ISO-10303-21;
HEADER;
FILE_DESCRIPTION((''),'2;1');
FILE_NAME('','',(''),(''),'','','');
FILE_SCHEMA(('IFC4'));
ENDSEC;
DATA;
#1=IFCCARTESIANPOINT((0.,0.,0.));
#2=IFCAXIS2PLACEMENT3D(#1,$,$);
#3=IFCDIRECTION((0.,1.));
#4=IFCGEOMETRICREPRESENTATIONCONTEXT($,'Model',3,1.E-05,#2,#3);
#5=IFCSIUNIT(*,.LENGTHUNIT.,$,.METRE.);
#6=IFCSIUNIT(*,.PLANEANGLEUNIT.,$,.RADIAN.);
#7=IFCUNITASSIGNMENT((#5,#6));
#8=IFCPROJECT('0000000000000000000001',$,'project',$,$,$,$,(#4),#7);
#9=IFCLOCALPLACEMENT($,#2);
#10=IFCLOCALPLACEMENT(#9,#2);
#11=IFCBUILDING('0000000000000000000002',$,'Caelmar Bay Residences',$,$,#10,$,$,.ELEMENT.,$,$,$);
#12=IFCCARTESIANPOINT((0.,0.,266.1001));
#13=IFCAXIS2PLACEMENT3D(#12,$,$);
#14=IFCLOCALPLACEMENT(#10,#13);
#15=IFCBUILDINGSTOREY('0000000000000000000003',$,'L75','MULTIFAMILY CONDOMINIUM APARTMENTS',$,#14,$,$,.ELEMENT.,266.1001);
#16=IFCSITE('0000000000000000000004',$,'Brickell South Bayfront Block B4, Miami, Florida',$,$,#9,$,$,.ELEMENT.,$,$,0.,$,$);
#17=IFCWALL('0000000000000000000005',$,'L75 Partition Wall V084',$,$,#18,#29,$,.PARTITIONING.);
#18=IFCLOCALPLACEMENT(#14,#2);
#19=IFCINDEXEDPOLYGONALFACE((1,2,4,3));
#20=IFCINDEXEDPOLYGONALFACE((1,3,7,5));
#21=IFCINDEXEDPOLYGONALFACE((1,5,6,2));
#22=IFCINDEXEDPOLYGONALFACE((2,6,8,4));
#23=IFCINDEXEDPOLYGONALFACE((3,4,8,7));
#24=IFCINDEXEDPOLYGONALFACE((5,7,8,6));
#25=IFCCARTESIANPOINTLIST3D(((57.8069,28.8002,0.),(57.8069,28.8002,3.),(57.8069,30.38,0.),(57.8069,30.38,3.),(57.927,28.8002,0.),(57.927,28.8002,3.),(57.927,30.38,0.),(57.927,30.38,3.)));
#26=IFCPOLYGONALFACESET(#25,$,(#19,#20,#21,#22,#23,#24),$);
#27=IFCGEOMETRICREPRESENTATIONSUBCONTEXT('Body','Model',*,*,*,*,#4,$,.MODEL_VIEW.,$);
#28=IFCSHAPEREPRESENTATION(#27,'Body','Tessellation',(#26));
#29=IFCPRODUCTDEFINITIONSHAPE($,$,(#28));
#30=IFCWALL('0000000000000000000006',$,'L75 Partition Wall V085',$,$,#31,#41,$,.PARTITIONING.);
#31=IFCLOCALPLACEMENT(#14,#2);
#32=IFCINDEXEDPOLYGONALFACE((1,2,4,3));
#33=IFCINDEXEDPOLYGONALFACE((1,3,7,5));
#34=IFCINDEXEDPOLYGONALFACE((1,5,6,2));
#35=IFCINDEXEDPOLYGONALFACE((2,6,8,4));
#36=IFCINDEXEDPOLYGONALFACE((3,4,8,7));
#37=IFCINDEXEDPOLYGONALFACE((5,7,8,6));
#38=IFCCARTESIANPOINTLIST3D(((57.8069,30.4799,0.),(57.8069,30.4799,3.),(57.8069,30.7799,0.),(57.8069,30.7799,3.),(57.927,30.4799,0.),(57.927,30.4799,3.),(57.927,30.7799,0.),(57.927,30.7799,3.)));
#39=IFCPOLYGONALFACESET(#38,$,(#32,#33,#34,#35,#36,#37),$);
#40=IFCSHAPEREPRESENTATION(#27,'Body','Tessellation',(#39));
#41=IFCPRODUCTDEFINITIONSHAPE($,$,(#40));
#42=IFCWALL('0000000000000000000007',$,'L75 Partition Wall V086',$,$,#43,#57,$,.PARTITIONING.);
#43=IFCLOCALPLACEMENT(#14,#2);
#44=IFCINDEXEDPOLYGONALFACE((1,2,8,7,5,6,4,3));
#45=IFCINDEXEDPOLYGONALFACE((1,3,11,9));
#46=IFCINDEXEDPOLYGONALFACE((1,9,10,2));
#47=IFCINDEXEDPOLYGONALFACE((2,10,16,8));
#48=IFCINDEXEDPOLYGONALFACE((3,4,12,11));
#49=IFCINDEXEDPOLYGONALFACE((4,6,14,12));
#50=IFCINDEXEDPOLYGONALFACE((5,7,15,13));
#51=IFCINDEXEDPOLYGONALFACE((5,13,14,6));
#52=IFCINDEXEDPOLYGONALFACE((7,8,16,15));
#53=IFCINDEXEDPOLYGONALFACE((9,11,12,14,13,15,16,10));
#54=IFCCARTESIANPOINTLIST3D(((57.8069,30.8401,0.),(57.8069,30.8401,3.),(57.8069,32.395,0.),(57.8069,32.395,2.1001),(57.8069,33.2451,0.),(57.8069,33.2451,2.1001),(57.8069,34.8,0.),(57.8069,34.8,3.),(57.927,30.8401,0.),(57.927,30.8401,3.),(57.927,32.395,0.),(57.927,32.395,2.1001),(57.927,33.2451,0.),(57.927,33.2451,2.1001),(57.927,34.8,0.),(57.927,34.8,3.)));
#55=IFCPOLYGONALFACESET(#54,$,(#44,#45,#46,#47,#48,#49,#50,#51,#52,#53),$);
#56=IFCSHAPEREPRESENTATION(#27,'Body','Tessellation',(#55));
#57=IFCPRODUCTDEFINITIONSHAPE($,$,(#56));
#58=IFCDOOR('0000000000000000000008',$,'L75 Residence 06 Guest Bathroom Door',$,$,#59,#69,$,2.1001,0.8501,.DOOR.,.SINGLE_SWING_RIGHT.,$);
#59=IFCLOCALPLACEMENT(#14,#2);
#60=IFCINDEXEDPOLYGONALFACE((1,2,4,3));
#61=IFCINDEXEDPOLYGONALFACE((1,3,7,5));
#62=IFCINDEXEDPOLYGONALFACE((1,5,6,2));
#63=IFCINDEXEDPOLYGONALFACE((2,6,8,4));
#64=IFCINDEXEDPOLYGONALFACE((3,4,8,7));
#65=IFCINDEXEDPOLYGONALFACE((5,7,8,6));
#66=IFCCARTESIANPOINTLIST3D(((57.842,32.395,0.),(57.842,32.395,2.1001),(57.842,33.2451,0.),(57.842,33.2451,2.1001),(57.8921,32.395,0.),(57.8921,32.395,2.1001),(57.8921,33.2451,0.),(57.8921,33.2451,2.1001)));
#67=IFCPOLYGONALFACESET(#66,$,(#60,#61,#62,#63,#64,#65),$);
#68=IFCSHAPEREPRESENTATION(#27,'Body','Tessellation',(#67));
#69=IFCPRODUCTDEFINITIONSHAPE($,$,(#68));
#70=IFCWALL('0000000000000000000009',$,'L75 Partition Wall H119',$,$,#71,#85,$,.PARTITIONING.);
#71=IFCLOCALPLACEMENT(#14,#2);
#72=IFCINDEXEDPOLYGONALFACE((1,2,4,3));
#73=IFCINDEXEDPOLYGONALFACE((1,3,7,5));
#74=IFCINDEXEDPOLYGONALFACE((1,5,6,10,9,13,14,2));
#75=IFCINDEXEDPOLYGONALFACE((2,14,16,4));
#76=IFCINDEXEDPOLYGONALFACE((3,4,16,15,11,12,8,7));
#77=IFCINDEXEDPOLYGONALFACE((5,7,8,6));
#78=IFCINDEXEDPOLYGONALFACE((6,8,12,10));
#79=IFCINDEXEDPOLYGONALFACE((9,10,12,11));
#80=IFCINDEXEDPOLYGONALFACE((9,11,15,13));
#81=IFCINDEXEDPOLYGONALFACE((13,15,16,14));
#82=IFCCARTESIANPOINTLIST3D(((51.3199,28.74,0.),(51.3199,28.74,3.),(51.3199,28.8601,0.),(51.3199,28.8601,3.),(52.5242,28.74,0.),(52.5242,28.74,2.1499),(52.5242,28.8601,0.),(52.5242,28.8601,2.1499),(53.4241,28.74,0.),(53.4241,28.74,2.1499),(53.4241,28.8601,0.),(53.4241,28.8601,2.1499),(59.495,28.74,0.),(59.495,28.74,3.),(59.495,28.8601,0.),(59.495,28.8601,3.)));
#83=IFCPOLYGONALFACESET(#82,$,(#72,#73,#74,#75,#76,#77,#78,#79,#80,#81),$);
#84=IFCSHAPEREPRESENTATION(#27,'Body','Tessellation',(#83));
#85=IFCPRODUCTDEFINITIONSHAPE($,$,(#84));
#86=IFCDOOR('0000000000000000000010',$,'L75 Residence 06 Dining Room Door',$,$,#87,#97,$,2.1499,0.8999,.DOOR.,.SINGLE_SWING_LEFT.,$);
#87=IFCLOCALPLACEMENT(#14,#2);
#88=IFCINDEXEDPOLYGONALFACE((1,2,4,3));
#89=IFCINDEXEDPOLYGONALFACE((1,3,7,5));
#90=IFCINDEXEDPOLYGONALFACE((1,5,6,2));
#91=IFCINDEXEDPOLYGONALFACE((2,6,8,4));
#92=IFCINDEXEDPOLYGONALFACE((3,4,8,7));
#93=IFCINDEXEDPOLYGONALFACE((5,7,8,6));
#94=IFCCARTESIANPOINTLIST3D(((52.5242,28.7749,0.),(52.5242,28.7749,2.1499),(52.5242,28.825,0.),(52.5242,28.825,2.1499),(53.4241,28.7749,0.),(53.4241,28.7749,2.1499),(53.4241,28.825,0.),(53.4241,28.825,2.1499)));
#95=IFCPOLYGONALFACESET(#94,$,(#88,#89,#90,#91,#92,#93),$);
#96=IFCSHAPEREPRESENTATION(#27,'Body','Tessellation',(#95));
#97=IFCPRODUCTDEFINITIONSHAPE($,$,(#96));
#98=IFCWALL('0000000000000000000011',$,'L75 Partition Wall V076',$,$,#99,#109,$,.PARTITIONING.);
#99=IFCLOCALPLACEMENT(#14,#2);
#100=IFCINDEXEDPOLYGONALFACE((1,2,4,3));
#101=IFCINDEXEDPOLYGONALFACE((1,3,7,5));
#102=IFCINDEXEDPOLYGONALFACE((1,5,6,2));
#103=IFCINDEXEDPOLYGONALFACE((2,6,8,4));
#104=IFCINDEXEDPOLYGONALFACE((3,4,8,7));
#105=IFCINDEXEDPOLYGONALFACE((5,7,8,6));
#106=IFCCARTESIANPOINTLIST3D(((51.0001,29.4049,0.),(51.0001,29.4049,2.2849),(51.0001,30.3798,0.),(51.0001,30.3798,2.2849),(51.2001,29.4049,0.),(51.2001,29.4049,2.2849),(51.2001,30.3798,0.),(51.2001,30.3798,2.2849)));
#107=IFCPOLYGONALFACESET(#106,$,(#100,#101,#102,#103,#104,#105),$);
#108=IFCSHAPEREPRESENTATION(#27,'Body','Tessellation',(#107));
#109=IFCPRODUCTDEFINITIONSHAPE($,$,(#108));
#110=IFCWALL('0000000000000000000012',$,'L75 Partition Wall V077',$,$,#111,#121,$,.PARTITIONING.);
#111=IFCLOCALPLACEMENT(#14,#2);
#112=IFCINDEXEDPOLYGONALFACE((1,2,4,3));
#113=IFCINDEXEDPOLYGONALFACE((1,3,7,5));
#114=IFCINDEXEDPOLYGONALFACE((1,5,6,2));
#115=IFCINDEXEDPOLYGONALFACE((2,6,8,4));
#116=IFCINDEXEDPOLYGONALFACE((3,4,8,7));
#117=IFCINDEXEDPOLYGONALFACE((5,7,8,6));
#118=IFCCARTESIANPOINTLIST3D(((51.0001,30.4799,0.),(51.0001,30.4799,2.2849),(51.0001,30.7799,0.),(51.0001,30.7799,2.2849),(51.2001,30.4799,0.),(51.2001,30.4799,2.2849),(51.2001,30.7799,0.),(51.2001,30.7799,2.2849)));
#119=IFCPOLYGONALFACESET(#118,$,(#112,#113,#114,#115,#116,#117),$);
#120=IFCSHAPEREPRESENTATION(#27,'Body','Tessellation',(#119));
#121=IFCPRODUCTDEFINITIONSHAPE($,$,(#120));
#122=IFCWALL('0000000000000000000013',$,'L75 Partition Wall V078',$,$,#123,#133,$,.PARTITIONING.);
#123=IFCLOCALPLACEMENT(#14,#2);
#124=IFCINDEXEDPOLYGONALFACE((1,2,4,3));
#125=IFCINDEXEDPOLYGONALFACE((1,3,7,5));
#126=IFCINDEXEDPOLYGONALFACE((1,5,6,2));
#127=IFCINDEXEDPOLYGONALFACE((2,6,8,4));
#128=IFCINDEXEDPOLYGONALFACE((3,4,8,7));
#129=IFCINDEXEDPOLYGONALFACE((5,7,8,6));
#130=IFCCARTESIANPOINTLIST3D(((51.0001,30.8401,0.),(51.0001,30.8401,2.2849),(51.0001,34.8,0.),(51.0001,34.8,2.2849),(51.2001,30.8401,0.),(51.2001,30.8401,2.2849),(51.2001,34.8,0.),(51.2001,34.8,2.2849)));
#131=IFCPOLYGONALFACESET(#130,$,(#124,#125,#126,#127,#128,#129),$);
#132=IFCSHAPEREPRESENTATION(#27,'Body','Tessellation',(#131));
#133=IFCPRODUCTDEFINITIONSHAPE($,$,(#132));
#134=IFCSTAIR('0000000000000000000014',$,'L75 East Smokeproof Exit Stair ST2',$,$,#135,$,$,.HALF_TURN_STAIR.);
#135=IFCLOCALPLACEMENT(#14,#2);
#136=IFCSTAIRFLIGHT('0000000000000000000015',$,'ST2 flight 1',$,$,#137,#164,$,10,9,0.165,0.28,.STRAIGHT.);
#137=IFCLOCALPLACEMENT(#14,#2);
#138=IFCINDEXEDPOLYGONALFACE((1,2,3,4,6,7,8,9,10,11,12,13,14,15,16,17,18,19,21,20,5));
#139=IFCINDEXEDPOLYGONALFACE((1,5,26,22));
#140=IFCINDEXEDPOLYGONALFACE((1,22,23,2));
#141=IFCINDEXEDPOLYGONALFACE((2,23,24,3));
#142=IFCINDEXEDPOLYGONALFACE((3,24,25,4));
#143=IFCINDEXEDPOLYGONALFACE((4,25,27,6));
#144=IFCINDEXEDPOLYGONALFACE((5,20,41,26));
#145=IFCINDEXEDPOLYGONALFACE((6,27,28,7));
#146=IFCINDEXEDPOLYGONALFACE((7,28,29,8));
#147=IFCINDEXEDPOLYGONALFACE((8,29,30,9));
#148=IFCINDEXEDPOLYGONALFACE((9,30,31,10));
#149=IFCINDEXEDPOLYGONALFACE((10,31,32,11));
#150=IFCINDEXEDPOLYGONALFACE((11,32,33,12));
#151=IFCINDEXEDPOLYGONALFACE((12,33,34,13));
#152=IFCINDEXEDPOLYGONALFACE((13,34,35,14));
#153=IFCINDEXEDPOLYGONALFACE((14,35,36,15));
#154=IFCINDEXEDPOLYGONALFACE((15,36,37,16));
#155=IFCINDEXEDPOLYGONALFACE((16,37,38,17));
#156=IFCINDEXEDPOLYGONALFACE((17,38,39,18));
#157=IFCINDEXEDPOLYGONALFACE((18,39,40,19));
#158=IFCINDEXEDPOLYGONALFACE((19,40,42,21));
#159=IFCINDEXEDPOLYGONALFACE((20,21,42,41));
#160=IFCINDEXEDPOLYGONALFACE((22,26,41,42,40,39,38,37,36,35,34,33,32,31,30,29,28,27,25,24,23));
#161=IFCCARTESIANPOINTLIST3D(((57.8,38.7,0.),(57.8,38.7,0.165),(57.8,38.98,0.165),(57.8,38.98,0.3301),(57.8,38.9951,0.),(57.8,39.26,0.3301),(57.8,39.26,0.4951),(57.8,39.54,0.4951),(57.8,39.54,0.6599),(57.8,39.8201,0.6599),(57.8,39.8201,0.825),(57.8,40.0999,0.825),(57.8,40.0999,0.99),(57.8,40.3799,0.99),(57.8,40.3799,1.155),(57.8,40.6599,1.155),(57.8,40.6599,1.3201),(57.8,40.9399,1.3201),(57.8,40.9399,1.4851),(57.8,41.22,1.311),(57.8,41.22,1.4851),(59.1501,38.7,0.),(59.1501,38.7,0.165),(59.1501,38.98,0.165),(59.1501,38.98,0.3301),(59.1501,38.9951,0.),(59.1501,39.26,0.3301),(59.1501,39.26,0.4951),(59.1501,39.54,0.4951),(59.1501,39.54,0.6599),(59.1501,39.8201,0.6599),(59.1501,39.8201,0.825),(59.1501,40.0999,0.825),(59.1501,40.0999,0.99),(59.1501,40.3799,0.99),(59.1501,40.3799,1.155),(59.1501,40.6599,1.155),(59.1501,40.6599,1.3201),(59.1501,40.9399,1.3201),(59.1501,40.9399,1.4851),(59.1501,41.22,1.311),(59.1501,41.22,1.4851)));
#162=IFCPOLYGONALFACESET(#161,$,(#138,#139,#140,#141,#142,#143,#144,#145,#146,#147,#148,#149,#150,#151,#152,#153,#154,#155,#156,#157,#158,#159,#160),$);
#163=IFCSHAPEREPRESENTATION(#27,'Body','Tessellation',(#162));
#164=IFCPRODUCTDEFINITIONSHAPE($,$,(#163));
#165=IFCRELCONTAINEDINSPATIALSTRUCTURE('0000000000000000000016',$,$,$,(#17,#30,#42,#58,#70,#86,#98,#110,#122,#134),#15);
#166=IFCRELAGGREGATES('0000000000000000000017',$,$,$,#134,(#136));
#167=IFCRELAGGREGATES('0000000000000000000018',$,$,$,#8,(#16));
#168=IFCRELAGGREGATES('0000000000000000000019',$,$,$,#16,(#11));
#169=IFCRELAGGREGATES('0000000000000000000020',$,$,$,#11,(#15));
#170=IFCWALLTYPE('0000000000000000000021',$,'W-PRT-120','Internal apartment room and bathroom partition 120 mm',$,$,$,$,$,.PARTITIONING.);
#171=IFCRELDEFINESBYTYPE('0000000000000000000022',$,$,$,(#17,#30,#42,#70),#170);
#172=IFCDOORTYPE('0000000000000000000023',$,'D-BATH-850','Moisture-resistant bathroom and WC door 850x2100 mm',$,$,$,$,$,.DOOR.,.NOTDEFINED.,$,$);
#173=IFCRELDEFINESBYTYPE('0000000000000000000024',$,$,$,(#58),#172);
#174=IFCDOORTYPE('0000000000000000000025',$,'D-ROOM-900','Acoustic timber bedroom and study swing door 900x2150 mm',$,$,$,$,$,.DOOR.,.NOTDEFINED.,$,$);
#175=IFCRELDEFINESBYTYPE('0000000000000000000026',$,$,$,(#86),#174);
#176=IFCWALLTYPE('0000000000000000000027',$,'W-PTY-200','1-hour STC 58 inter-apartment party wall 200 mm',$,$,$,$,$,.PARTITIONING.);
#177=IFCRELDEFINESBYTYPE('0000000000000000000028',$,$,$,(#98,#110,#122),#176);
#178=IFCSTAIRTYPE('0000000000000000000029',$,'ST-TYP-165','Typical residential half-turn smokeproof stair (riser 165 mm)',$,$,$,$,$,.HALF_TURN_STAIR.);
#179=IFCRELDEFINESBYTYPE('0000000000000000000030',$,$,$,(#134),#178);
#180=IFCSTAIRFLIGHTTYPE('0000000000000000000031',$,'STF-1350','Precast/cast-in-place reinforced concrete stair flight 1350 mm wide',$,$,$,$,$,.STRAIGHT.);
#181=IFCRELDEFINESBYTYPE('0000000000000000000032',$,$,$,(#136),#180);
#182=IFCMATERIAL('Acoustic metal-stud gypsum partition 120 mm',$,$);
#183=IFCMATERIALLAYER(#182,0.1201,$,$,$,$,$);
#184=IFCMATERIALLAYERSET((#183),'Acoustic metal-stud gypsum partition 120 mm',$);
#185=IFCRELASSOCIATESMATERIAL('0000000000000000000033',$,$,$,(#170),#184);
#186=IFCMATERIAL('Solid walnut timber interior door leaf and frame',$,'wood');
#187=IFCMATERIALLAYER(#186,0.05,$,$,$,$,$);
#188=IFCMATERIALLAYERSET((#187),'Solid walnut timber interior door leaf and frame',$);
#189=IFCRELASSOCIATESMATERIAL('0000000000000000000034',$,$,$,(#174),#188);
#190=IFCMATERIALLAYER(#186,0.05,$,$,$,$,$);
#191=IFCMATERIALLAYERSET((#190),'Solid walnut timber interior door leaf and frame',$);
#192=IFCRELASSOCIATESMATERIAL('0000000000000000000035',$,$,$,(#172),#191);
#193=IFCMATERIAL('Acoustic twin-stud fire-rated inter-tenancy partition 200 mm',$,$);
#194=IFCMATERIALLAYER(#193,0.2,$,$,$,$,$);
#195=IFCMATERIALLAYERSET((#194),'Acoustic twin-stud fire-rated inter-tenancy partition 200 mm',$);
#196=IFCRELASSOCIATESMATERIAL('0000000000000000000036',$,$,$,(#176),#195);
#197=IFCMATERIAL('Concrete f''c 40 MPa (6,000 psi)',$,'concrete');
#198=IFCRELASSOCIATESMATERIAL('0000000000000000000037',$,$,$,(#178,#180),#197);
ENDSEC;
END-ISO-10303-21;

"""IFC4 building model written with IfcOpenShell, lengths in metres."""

from ifc_helpers import new_model, si_unit, direction, frame, frame_2d, origin, place, context, subcontext, project, spatial, polyline, rectangle, outline, extrude, material, layer, layer_set, type_object, element, fill, aggregate, save


model = new_model("IFC4")

# Units and contexts
model_context = context("Model", 3, precision=1e-05, world=origin(), true_north=direction((0.0, 1.0)))
body_context = subcontext(model_context, "Body", "Model", "MODEL_VIEW")
ifc_project = project(units=[si_unit("LENGTHUNIT", "METRE"), si_unit("PLANEANGLEUNIT", "RADIAN")], contexts=[model_context])

# Site, building, storey
site_placement = place(None, origin())
site = spatial("IfcSite", under=ifc_project, at=site_placement, Name="Brickell South Bayfront Block B4, Miami, Florida", CompositionType="ELEMENT", RefElevation=0.0)
building_placement = place(site_placement, origin())
building = spatial("IfcBuilding", under=site, at=building_placement, Name="Caelmar Bay Residences", CompositionType="ELEMENT")
storey_placement = place(building_placement, frame((0.0, 0.0, 266.1001)))
storey = spatial("IfcBuildingStorey", under=building, at=storey_placement, Name="L75", Description="MULTIFAMILY CONDOMINIUM APARTMENTS", CompositionType="ELEMENT", Elevation=266.1001)

# Shared definitions
ifc_material_1 = material(Name="Acoustic metal-stud gypsum partition 120 mm")
ifc_layer_1 = layer(ifc_material_1, 0.1201)
ifc_layer_set_1 = layer_set([ifc_layer_1], Name="Acoustic metal-stud gypsum partition 120 mm")
wall_type_1 = type_object("IfcWallType", Name="W-PRT-120", Description="Internal apartment room and bathroom partition 120 mm", PredefinedType="PARTITIONING", material=ifc_layer_set_1)
ifc_material_2 = material(Name="Solid walnut timber interior door leaf and frame", Category="wood")
ifc_layer_2 = layer(ifc_material_2, 0.05)
ifc_layer_set_2 = layer_set([ifc_layer_2], Name="Solid walnut timber interior door leaf and frame")
door_type_1 = type_object("IfcDoorType", Name="D-ROOM-900", Description="Acoustic timber bedroom and study swing door 900x2150 mm", OperationType="NOTDEFINED", PredefinedType="DOOR", material=ifc_layer_set_2)

# Walls
wall_1_placement = place(storey_placement, frame((57.8669, 28.8, 0.0), z_axis=(0.0, 0.0, 1.0), x_axis=(0.0, 1.0, 0.0)))
element("IfcWall", 1, at=wall_1_placement, inside=storey, type_object=wall_type_1, Name="L75 Partition Wall V084", PredefinedType="PARTITIONING", context=body_context, shape_type="SweptSolid", body=[
    extrude(rectangle(XDim=1.5798, YDim=0.1201, at=frame_2d((0.79, 0.0))), origin(), (0.0, 0.0, 1.0), 3.0),
])
wall_2_placement = place(storey_placement, frame((57.8669, 30.48, 0.0), z_axis=(0.0, 0.0, 1.0), x_axis=(0.0, 1.0, 0.0)))
element("IfcWall", 2, at=wall_2_placement, inside=storey, type_object=wall_type_1, Name="L75 Partition Wall V085", PredefinedType="PARTITIONING", context=body_context, shape_type="SweptSolid", body=[
    extrude(rectangle(XDim=0.3, YDim=0.1201, at=frame_2d((0.1499, 0.0))), origin(), (0.0, 0.0, 1.0), 3.0),
])

# Walls, openings, doors
wall_3_placement = place(storey_placement, frame((57.8669, 30.8401, 0.0), z_axis=(0.0, 0.0, 1.0), x_axis=(0.0, 1.0, 0.0)))
wall_3 = element("IfcWall", 3, at=wall_3_placement, inside=storey, type_object=wall_type_1, Name="L75 Partition Wall V086", PredefinedType="PARTITIONING", context=body_context, shape_type="SweptSolid", body=[
    extrude(rectangle(XDim=3.96, YDim=0.1201, at=frame_2d((1.98, 0.0))), origin(), (0.0, 0.0, 1.0), 3.0),
])
opening_1_placement = place(wall_3_placement, frame((1.5549, 0.0, 0.0)))
opening_1 = element("IfcOpeningElement", 4, at=opening_1_placement, cuts=wall_3, PredefinedType="OPENING", context=body_context, shape_type="SweptSolid", body=[
    extrude(rectangle(XDim=0.8501, YDim=2.1001, at=frame_2d((0.425, 1.05))), frame((0.0, 0.0701, 0.0), z_axis=(0.0, -1.0, 0.0), x_axis=(1.0, 0.0, 0.0)), (0.0, 0.0, 1.0), 0.1401),
])
ifc_layer_3 = layer(ifc_material_2, 0.05)
ifc_layer_set_3 = layer_set([ifc_layer_3], Name="Solid walnut timber interior door leaf and frame")
door_type_2 = type_object("IfcDoorType", Name="D-BATH-850", Description="Moisture-resistant bathroom and WC door 850x2100 mm", OperationType="NOTDEFINED", PredefinedType="DOOR", material=ifc_layer_set_3)
door_1_placement = place(opening_1_placement, origin())
door_1 = element("IfcDoor", 5, at=door_1_placement, inside=storey, type_object=door_type_2, Name="L75 Residence 06 Guest Bathroom Door", OperationType="SINGLE_SWING_RIGHT", OverallHeight=2.1001, OverallWidth=0.8501, PredefinedType="DOOR", context=body_context, shape_type="SweptSolid", body=[
    extrude(rectangle(XDim=0.8501, YDim=2.1001, at=frame_2d((0.425, 1.05))), frame((0.0, 0.0249, 0.0), z_axis=(0.0, -1.0, 0.0), x_axis=(1.0, 0.0, 0.0)), (0.0, 0.0, 1.0), 0.05),
])
fill(opening_1, door_1)
wall_4_placement = place(storey_placement, frame((51.3201, 28.8, 0.0), z_axis=(0.0, 0.0, 1.0), x_axis=(1.0, 0.0, 0.0)))
wall_4 = element("IfcWall", 6, at=wall_4_placement, inside=storey, type_object=wall_type_1, Name="L75 Partition Wall H119", PredefinedType="PARTITIONING", context=body_context, shape_type="SweptSolid", body=[
    extrude(rectangle(XDim=8.175, YDim=0.1201, at=frame_2d((4.0874, 0.0))), origin(), (0.0, 0.0, 1.0), 3.0),
])
opening_2_placement = place(wall_4_placement, frame((1.2041, 0.0, 0.0)))
opening_2 = element("IfcOpeningElement", 7, at=opening_2_placement, cuts=wall_4, PredefinedType="OPENING", context=body_context, shape_type="SweptSolid", body=[
    extrude(rectangle(XDim=0.8999, YDim=2.1499, at=frame_2d((0.45, 1.075))), frame((0.0, 0.0701, 0.0), z_axis=(0.0, -1.0, 0.0), x_axis=(1.0, 0.0, 0.0)), (0.0, 0.0, 1.0), 0.1401),
])
door_2_placement = place(opening_2_placement, origin())
door_2 = element("IfcDoor", 8, at=door_2_placement, inside=storey, type_object=door_type_1, Name="L75 Residence 06 Dining Room Door", OperationType="SINGLE_SWING_LEFT", OverallHeight=2.1499, OverallWidth=0.8999, PredefinedType="DOOR", context=body_context, shape_type="SweptSolid", body=[
    extrude(rectangle(XDim=0.8999, YDim=2.1499, at=frame_2d((0.45, 1.075))), frame((0.0, 0.0249, 0.0), z_axis=(0.0, -1.0, 0.0), x_axis=(1.0, 0.0, 0.0)), (0.0, 0.0, 1.0), 0.05),
])
fill(opening_2, door_2)

# Walls
ifc_material_3 = material(Name="Acoustic twin-stud fire-rated inter-tenancy partition 200 mm")
ifc_layer_4 = layer(ifc_material_3, 0.2)
ifc_layer_set_4 = layer_set([ifc_layer_4], Name="Acoustic twin-stud fire-rated inter-tenancy partition 200 mm")
wall_type_2 = type_object("IfcWallType", Name="W-PTY-200", Description="1-hour STC 58 inter-apartment party wall 200 mm", PredefinedType="PARTITIONING", material=ifc_layer_set_4)
wall_5_placement = place(storey_placement, frame((51.1001, 29.405, 0.0), z_axis=(0.0, 0.0, 1.0), x_axis=(0.0, 1.0, 0.0)))
element("IfcWall", 9, at=wall_5_placement, inside=storey, type_object=wall_type_2, Name="L75 Partition Wall V076", PredefinedType="PARTITIONING", context=body_context, shape_type="SweptSolid", body=[
    extrude(rectangle(XDim=0.9749, YDim=0.2, at=frame_2d((0.4873, 0.0))), origin(), (0.0, 0.0, 1.0), 2.2849),
])
wall_6_placement = place(storey_placement, frame((51.1001, 30.48, 0.0), z_axis=(0.0, 0.0, 1.0), x_axis=(0.0, 1.0, 0.0)))
element("IfcWall", 10, at=wall_6_placement, inside=storey, type_object=wall_type_2, Name="L75 Partition Wall V077", PredefinedType="PARTITIONING", context=body_context, shape_type="SweptSolid", body=[
    extrude(rectangle(XDim=0.3, YDim=0.2, at=frame_2d((0.1499, 0.0))), origin(), (0.0, 0.0, 1.0), 2.2849),
])
wall_7_placement = place(storey_placement, frame((51.1001, 30.8401, 0.0), z_axis=(0.0, 0.0, 1.0), x_axis=(0.0, 1.0, 0.0)))
element("IfcWall", 11, at=wall_7_placement, inside=storey, type_object=wall_type_2, Name="L75 Partition Wall V078", PredefinedType="PARTITIONING", context=body_context, shape_type="SweptSolid", body=[
    extrude(rectangle(XDim=3.96, YDim=0.2, at=frame_2d((1.98, 0.0))), origin(), (0.0, 0.0, 1.0), 2.2849),
])

# Stair, stair flight
ifc_material_4 = material(Name="Concrete f'c 40 MPa (6,000 psi)", Category="concrete")
stair_type = type_object("IfcStairType", Name="ST-TYP-165", Description="Typical residential half-turn smokeproof stair (riser 165 mm)", PredefinedType="HALF_TURN_STAIR", material=ifc_material_4)
stair_placement = place(storey_placement, origin())
stair = element("IfcStair", 12, at=stair_placement, inside=storey, type_object=stair_type, Name="L75 East Smokeproof Exit Stair ST2", PredefinedType="HALF_TURN_STAIR")
stair_flight_type = type_object("IfcStairFlightType", Name="STF-1350", Description="Precast/cast-in-place reinforced concrete stair flight 1350 mm wide", PredefinedType="STRAIGHT", material=ifc_material_4)
stair_flight_1_placement = place(storey_placement, frame((58.4751, 38.7, 0.0), z_axis=(0.0, 0.0, 1.0), x_axis=(0.0, 1.0, 0.0)))
stair_flight_1 = element("IfcStairFlight", 13, at=stair_flight_1_placement, type_object=stair_flight_type, Name="ST2 flight 1", NumberOfRisers=10, NumberOfTreads=9, PredefinedType="STRAIGHT", RiserHeight=0.165, TreadLength=0.28, context=body_context, shape_type="SweptSolid", body=[
    extrude(outline(polyline([(0.0, 0.0), (0.0, 0.165), (0.28, 0.165), (0.28, 0.3301), (0.5601, 0.3301), (0.5601, 0.4951), (0.8401, 0.4951), (0.8401, 0.6599), (1.1201, 0.6599), (1.1201, 0.825), (1.3999, 0.825), (1.3999, 0.99), (1.6799, 0.99), (1.6799, 1.155), (1.96, 1.155), (1.96, 1.3201), (2.24, 1.3201), (2.24, 1.4851), (2.52, 1.4851), (2.52, 1.6499), (2.52, 1.311), (0.2952, 0.0), (0.0, 0.0)])), frame((0.0, 0.675, 0.0), z_axis=(0.0, -1.0, 0.0), x_axis=(1.0, 0.0, 0.0)), (0.0, 0.0, 1.0), 1.3501),
])
aggregate(stair, [stair_flight_1])

save(model, "model.ifc")
